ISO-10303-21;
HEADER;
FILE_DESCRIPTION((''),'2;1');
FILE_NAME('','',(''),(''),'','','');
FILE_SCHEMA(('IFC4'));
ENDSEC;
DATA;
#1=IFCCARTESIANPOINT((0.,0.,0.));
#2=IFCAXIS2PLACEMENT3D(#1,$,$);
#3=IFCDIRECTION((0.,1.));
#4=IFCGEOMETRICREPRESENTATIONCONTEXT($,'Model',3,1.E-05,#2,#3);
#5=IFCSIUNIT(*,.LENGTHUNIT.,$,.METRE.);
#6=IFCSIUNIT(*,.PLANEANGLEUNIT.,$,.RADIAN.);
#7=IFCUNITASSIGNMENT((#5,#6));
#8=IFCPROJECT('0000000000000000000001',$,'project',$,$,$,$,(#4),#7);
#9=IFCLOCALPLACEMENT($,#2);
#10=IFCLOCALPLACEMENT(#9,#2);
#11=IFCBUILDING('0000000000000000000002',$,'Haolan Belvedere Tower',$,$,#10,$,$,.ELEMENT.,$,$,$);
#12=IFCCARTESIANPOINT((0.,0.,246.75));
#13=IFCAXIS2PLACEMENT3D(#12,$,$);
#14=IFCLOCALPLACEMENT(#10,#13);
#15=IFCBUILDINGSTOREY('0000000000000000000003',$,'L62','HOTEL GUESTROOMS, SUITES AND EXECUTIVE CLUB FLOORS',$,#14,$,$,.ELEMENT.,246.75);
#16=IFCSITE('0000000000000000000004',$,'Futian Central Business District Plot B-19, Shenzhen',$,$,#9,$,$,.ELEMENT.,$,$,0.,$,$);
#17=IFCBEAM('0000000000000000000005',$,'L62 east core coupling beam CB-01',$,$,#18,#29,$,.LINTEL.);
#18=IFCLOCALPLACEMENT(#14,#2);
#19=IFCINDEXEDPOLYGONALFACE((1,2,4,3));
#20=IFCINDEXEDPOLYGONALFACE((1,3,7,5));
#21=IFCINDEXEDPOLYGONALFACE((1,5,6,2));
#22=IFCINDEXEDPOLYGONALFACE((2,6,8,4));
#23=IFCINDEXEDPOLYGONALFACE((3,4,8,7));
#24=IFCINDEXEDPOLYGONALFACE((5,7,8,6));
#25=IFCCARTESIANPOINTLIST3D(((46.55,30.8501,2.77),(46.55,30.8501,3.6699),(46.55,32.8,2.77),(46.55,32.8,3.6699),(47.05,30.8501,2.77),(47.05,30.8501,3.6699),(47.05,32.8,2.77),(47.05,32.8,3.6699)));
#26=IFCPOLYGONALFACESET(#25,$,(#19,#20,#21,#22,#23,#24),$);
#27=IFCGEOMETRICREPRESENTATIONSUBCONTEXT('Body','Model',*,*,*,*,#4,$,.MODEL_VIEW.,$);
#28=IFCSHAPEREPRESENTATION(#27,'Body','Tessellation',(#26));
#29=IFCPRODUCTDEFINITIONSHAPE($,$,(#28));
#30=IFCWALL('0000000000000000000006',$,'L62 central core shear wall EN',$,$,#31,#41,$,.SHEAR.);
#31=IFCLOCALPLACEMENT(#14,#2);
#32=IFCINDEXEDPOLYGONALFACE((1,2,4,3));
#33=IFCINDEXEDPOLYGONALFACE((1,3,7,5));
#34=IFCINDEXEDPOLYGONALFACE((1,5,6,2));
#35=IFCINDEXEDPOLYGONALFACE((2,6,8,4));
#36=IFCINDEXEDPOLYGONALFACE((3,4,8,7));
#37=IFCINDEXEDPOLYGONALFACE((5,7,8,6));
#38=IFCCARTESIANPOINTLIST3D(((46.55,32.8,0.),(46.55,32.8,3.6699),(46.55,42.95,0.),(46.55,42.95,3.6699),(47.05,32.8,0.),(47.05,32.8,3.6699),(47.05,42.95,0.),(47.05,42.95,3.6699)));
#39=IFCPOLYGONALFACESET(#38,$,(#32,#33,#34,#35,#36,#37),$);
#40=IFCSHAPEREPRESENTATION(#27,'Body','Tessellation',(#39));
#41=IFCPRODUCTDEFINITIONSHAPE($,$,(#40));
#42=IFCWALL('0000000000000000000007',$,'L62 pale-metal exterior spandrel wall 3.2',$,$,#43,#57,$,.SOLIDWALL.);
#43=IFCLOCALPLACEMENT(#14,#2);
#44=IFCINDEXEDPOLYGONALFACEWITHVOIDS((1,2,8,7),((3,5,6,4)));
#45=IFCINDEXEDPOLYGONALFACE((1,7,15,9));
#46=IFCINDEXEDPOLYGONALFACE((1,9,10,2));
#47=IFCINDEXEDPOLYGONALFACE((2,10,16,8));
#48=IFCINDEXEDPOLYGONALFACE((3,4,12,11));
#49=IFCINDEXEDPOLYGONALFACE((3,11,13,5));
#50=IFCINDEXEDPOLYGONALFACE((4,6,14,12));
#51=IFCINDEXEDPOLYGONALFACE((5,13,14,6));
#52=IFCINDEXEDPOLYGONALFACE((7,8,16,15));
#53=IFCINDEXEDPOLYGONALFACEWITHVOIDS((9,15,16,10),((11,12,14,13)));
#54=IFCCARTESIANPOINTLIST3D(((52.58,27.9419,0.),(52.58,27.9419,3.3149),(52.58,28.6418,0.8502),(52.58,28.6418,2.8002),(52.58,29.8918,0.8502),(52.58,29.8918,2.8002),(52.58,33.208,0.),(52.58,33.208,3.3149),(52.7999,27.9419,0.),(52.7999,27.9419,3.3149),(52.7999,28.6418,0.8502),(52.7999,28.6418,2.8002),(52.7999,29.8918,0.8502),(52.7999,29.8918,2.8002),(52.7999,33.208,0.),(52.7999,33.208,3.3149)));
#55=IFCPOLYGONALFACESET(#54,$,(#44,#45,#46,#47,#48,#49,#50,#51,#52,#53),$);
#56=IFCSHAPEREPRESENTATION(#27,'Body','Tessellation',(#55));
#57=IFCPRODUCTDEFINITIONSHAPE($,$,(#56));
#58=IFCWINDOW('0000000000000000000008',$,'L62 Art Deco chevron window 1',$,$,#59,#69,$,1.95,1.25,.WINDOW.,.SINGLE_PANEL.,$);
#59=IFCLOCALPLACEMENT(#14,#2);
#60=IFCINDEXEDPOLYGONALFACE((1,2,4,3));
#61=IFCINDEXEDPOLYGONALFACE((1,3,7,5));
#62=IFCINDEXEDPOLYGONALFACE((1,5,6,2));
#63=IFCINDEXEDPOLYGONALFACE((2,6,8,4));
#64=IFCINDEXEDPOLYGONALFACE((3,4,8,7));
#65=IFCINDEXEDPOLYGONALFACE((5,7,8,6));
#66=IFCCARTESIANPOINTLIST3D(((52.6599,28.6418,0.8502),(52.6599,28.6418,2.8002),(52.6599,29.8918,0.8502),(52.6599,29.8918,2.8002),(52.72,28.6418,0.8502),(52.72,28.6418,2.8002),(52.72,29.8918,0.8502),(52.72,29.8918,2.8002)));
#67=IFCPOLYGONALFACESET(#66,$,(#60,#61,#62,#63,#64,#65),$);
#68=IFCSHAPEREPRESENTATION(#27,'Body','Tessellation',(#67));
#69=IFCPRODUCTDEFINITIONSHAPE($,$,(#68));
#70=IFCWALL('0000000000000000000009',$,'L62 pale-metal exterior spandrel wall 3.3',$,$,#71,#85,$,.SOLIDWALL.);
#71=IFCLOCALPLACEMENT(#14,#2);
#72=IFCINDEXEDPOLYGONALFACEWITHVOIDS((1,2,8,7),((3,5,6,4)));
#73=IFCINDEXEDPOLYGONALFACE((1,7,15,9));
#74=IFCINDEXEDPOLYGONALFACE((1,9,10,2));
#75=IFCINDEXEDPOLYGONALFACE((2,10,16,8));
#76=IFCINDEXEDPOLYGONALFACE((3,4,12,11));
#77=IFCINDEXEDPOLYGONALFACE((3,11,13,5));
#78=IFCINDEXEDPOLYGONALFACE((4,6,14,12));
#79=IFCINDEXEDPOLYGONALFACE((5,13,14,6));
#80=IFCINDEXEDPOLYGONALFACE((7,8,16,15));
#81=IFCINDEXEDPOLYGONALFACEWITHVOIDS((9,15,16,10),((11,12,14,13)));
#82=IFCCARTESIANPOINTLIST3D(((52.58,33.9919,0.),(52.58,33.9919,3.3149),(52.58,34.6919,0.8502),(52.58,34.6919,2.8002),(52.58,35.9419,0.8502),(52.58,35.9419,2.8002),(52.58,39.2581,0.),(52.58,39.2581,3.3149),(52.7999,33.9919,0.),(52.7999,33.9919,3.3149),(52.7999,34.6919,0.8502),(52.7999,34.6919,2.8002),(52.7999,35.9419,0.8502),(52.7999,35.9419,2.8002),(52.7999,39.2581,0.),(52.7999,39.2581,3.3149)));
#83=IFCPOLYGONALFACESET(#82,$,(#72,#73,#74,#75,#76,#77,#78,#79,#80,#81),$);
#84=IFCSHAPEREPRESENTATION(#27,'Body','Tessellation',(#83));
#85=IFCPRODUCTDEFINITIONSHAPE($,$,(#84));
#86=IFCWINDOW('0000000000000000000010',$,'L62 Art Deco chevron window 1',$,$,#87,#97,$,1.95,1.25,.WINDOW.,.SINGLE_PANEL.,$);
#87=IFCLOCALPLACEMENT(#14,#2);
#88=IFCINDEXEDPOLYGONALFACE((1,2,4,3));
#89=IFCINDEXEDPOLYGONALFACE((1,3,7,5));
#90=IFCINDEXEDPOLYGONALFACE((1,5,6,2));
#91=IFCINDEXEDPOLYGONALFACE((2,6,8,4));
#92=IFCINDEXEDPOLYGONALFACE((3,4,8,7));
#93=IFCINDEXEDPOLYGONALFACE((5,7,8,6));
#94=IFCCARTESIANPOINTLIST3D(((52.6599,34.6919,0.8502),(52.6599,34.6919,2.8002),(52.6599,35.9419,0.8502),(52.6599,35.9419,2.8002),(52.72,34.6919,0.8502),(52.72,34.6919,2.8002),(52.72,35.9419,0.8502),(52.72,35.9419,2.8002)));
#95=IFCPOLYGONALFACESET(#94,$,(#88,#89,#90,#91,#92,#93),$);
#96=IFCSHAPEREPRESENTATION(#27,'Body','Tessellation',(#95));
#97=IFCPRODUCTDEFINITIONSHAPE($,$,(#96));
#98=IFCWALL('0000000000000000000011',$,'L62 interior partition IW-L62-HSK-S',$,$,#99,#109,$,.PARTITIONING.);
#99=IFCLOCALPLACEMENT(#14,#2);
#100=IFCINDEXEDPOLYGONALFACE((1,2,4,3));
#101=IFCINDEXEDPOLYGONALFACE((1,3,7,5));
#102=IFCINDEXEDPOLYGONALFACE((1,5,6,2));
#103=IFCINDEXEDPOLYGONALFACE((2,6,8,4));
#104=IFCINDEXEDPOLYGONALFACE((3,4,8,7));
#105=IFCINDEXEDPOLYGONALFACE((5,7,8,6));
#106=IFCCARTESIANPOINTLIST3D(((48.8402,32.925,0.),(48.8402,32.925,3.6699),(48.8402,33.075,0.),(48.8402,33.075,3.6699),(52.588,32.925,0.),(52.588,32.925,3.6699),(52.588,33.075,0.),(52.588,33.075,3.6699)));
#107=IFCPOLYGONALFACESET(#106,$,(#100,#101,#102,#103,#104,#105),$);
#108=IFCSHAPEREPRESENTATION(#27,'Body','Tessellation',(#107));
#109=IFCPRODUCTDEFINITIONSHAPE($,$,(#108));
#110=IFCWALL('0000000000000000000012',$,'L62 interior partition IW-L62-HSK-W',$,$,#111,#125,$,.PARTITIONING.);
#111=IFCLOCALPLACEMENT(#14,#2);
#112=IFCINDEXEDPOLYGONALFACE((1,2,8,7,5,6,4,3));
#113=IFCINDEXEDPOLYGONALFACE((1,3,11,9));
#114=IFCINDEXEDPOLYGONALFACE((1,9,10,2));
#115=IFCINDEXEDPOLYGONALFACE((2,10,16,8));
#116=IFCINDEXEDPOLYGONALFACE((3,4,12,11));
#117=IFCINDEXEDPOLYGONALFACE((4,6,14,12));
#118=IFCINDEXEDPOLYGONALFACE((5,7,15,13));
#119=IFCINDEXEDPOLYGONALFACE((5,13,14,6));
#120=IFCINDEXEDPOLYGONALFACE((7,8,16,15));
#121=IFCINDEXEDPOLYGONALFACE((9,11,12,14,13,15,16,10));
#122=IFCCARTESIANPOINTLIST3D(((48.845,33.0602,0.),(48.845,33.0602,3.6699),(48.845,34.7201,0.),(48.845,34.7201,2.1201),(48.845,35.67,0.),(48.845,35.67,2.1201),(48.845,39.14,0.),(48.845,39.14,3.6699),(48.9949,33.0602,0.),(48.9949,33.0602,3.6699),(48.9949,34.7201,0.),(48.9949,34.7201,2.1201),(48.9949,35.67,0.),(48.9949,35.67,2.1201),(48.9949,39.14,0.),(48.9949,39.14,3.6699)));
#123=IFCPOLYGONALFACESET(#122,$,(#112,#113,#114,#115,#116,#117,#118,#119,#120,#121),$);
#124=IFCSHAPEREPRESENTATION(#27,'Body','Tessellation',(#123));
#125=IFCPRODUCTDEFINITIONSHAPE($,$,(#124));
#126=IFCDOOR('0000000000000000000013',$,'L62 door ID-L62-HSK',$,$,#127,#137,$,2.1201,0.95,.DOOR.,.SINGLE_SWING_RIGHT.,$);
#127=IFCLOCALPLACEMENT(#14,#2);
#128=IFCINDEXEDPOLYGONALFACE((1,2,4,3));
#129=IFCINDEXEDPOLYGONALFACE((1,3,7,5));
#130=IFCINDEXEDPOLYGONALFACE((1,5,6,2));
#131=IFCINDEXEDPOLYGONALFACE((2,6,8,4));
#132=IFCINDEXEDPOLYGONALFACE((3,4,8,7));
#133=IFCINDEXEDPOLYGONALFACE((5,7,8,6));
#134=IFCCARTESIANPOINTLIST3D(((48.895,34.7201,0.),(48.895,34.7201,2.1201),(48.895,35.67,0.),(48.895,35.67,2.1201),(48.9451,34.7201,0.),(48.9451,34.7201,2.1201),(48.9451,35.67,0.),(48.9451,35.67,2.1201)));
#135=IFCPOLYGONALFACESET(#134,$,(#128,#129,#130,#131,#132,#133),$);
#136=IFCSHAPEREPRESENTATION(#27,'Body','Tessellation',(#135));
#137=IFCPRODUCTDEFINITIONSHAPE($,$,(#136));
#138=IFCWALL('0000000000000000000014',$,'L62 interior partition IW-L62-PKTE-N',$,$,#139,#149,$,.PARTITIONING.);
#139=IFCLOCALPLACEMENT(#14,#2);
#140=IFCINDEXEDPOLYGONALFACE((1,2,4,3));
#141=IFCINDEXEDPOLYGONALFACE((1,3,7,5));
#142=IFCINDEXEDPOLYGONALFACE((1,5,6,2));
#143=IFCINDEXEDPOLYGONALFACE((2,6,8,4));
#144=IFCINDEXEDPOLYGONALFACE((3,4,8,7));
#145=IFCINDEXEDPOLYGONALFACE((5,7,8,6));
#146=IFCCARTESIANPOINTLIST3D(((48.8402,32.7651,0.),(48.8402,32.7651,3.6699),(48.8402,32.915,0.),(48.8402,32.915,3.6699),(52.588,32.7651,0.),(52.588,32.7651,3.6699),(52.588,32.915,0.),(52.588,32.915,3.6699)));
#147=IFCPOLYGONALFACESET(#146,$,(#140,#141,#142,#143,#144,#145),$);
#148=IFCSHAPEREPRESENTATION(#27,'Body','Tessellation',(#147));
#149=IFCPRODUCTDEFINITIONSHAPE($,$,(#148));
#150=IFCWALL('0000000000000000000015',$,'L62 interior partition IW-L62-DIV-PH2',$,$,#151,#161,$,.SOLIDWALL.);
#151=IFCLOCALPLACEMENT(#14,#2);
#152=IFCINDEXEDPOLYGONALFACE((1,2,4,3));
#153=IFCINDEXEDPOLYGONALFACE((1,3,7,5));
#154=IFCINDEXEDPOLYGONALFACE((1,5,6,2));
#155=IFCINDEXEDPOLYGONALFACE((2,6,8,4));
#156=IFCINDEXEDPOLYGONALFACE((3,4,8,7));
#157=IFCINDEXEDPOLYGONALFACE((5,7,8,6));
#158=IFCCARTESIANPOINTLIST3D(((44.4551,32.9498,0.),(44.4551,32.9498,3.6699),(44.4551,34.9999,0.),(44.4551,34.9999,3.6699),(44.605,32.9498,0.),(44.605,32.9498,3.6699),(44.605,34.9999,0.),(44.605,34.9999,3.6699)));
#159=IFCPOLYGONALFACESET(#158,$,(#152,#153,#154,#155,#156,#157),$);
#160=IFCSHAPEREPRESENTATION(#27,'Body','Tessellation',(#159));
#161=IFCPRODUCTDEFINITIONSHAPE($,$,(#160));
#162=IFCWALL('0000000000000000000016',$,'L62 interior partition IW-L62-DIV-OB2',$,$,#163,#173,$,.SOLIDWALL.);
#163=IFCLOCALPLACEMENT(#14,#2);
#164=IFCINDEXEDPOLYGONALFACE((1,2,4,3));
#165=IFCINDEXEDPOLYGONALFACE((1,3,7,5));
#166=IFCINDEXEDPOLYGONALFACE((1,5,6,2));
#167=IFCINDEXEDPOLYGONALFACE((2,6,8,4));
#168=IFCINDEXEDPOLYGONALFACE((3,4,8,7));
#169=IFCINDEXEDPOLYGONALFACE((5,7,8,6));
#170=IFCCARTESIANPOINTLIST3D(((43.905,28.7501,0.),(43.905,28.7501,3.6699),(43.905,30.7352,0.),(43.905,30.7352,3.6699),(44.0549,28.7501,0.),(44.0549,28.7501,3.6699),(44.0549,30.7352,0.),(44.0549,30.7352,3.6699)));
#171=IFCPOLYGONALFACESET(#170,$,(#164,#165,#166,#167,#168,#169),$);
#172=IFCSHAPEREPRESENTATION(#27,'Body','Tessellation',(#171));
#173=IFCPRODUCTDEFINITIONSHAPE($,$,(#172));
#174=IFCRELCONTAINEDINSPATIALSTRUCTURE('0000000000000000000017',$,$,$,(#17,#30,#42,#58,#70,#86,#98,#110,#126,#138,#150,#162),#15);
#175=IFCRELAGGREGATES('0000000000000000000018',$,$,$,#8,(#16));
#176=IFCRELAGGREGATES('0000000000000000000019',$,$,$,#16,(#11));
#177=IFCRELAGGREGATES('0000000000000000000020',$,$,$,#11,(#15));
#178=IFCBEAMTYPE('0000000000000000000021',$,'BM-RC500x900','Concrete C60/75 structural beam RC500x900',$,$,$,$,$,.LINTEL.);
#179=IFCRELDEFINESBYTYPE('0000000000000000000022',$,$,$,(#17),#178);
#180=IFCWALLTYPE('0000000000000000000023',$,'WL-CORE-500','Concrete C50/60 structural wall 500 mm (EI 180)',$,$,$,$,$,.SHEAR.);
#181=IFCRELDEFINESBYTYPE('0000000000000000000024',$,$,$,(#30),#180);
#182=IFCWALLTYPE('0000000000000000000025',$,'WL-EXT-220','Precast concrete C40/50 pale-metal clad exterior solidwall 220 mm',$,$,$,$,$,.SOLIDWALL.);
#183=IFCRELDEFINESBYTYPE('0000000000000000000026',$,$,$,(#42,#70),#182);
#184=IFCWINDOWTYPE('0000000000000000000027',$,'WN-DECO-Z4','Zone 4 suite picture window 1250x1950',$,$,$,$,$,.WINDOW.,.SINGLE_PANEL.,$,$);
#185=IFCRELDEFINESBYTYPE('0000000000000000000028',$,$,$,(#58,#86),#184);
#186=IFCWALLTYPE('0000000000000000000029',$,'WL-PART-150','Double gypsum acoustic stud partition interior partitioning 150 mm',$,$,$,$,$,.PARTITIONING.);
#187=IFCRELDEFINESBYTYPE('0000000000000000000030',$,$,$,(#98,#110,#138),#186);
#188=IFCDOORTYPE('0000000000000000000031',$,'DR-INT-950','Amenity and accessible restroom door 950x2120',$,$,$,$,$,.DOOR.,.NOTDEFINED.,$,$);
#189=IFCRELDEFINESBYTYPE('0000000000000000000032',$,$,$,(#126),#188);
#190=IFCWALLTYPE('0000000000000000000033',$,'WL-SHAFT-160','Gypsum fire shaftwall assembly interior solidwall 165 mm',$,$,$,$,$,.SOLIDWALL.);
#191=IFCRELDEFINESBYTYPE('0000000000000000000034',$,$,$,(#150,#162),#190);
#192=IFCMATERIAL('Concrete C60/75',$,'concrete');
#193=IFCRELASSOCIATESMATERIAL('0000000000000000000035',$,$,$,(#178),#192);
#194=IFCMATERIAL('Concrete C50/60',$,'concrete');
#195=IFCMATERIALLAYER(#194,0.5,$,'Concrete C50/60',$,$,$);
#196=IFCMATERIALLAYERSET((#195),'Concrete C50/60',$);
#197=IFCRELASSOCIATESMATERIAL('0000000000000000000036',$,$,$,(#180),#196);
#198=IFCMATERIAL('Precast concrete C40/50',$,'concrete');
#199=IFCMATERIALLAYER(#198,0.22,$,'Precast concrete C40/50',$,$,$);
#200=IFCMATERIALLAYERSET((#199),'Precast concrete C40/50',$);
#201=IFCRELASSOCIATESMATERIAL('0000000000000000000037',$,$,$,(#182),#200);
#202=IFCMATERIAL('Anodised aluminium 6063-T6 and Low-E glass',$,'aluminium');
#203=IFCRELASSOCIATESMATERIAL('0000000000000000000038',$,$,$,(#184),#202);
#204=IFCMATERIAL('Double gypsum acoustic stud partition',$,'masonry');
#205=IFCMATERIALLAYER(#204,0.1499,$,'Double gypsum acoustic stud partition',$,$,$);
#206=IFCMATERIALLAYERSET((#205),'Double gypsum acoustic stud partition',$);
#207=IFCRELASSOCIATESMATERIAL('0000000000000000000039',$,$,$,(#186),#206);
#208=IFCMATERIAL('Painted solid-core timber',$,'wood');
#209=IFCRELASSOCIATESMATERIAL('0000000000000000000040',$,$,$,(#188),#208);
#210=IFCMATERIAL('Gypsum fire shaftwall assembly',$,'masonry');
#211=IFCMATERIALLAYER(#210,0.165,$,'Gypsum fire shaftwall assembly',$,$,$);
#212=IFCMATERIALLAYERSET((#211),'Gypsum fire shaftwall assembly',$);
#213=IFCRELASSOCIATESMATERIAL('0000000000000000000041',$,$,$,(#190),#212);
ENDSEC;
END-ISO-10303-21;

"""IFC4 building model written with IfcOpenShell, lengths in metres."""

from ifc_helpers import new_model, si_unit, direction, frame, frame_2d, origin, origin_2d, place, context, subcontext, project, spatial, rectangle, extrude, material, layer, layer_set, material_profile, profile_set, type_object, element, fill, save


model = new_model("IFC4")

# Units and contexts
model_context = context("Model", 3, precision=1e-05, world=origin(), true_north=direction((0.0, 1.0)))
body_context = subcontext(model_context, "Body", "Model", "MODEL_VIEW")
ifc_project = project(units=[si_unit("LENGTHUNIT", "METRE"), si_unit("PLANEANGLEUNIT", "RADIAN")], contexts=[model_context])

# Site, building, storey
site_placement = place(None, origin())
site = spatial("IfcSite", under=ifc_project, at=site_placement, Name="Futian Central Business District Plot B-19, Shenzhen", CompositionType="ELEMENT", RefElevation=0.0)
building_placement = place(site_placement, origin())
building = spatial("IfcBuilding", under=site, at=building_placement, Name="Haolan Belvedere Tower", CompositionType="ELEMENT")
storey_placement = place(building_placement, frame((0.0, 0.0, 246.75)))
storey = spatial("IfcBuildingStorey", under=building, at=storey_placement, Name="L62", Description="HOTEL GUESTROOMS, SUITES AND EXECUTIVE CLUB FLOORS", CompositionType="ELEMENT", Elevation=246.75)

# Beam
ifc_material_1 = material(Name="Concrete C60/75", Category="concrete")
ifc_material_profile_1 = material_profile(ifc_material_1, rectangle(XDim=0.5, YDim=0.8999, at=origin_2d()), Name="Concrete C60/75")
ifc_profile_set_1 = profile_set([ifc_material_profile_1], Name="Concrete C60/75")
beam_type_1 = type_object("IfcBeamType", Name="BM-RC500x900", Description="Concrete C60/75 structural beam RC500x900", PredefinedType="LINTEL", material=ifc_profile_set_1)
beam_1_placement = place(storey_placement, frame((46.8, 30.8501, 3.22), z_axis=(0.0, 1.0, 0.0), x_axis=(-1.0, 0.0, 0.0)))
element("IfcBeam", 1, at=beam_1_placement, inside=storey, type_object=beam_type_1, Name="L62 east core coupling beam CB-01", PredefinedType="LINTEL", context=body_context, shape_type="SweptSolid", body=[
    extrude(rectangle(XDim=0.5, YDim=0.8999, at=origin_2d()), origin(), (0.0, 0.0, 1.0), 1.95),
])

# Wall
ifc_material_2 = material(Name="Concrete C50/60", Category="concrete")
ifc_layer_1 = layer(ifc_material_2, 0.5, Name="Concrete C50/60")
ifc_layer_set_1 = layer_set([ifc_layer_1], Name="Concrete C50/60")
wall_type_1 = type_object("IfcWallType", Name="WL-CORE-500", Description="Concrete C50/60 structural wall 500 mm (EI 180)", PredefinedType="SHEAR", material=ifc_layer_set_1)
wall_1_placement = place(storey_placement, frame((46.8, 32.8, 0.0), z_axis=(0.0, 0.0, 1.0), x_axis=(0.0, 1.0, 0.0)))
element("IfcWall", 2, at=wall_1_placement, inside=storey, type_object=wall_type_1, Name="L62 central core shear wall EN", PredefinedType="SHEAR", context=body_context, shape_type="SweptSolid", body=[
    extrude(rectangle(XDim=10.1499, YDim=0.5, at=frame_2d((5.075, 0.0))), origin(), (0.0, 0.0, 1.0), 3.6699),
])

# Walls, openings, windows
ifc_material_3 = material(Name="Precast concrete C40/50", Category="concrete")
ifc_layer_2 = layer(ifc_material_3, 0.22, Name="Precast concrete C40/50")
ifc_layer_set_2 = layer_set([ifc_layer_2], Name="Precast concrete C40/50")
wall_type_2 = type_object("IfcWallType", Name="WL-EXT-220", Description="Precast concrete C40/50 pale-metal clad exterior solidwall 220 mm", PredefinedType="SOLIDWALL", material=ifc_layer_set_2)
wall_2_placement = place(storey_placement, frame((52.6899, 27.9419, 0.0), z_axis=(0.0, 0.0, 1.0), x_axis=(0.0, 1.0, 0.0)))
wall_2 = element("IfcWall", 3, at=wall_2_placement, inside=storey, type_object=wall_type_2, Name="L62 pale-metal exterior spandrel wall 3.2", PredefinedType="SOLIDWALL", context=body_context, shape_type="SweptSolid", body=[
    extrude(rectangle(XDim=5.2661, YDim=0.22, at=frame_2d((2.6331, 0.0))), origin(), (0.0, 0.0, 1.0), 3.3149),
])
opening_1_placement = place(wall_2_placement, frame((0.7, 0.0, 0.8501)))
opening_1 = element("IfcOpeningElement", 4, at=opening_1_placement, cuts=wall_2, PredefinedType="OPENING", context=body_context, shape_type="SweptSolid", body=[
    extrude(rectangle(XDim=1.25, YDim=1.95, at=frame_2d((0.625, 0.9751))), frame((0.0, 0.1199, 0.0), z_axis=(0.0, -1.0, 0.0), x_axis=(1.0, 0.0, 0.0)), (0.0, 0.0, 1.0), 0.24),
])
ifc_material_4 = material(Name="Anodised aluminium 6063-T6 and Low-E glass", Category="aluminium")
window_type = type_object("IfcWindowType", Name="WN-DECO-Z4", Description="Zone 4 suite picture window 1250x1950", PartitioningType="SINGLE_PANEL", PredefinedType="WINDOW", material=ifc_material_4)
window_1_placement = place(opening_1_placement, origin())
window_1 = element("IfcWindow", 5, at=window_1_placement, inside=storey, type_object=window_type, Name="L62 Art Deco chevron window 1", OverallHeight=1.95, OverallWidth=1.25, PartitioningType="SINGLE_PANEL", PredefinedType="WINDOW", context=body_context, shape_type="SweptSolid", body=[
    extrude(rectangle(XDim=1.25, YDim=1.95, at=frame_2d((0.625, 0.9751))), frame((0.0, 0.03, 0.0), z_axis=(0.0, -1.0, 0.0), x_axis=(1.0, 0.0, 0.0)), (0.0, 0.0, 1.0), 0.0601),
])
fill(opening_1, window_1)
wall_3_placement = place(storey_placement, frame((52.6899, 33.9919, 0.0), z_axis=(0.0, 0.0, 1.0), x_axis=(0.0, 1.0, 0.0)))
wall_3 = element("IfcWall", 6, at=wall_3_placement, inside=storey, type_object=wall_type_2, Name="L62 pale-metal exterior spandrel wall 3.3", PredefinedType="SOLIDWALL", context=body_context, shape_type="SweptSolid", body=[
    extrude(rectangle(XDim=5.2661, YDim=0.22, at=frame_2d((2.6331, 0.0))), origin(), (0.0, 0.0, 1.0), 3.3149),
])
opening_2_placement = place(wall_3_placement, frame((0.7, 0.0, 0.8501)))
opening_2 = element("IfcOpeningElement", 7, at=opening_2_placement, cuts=wall_3, PredefinedType="OPENING", context=body_context, shape_type="SweptSolid", body=[
    extrude(rectangle(XDim=1.25, YDim=1.95, at=frame_2d((0.625, 0.9751))), frame((0.0, 0.1199, 0.0), z_axis=(0.0, -1.0, 0.0), x_axis=(1.0, 0.0, 0.0)), (0.0, 0.0, 1.0), 0.24),
])
window_2_placement = place(opening_2_placement, origin())
window_2 = element("IfcWindow", 8, at=window_2_placement, inside=storey, type_object=window_type, Name="L62 Art Deco chevron window 1", OverallHeight=1.95, OverallWidth=1.25, PartitioningType="SINGLE_PANEL", PredefinedType="WINDOW", context=body_context, shape_type="SweptSolid", body=[
    extrude(rectangle(XDim=1.25, YDim=1.95, at=frame_2d((0.625, 0.9751))), frame((0.0, 0.03, 0.0), z_axis=(0.0, -1.0, 0.0), x_axis=(1.0, 0.0, 0.0)), (0.0, 0.0, 1.0), 0.0601),
])
fill(opening_2, window_2)

# Wall
ifc_material_5 = material(Name="Double gypsum acoustic stud partition", Category="masonry")
ifc_layer_3 = layer(ifc_material_5, 0.1499, Name="Double gypsum acoustic stud partition")
ifc_layer_set_3 = layer_set([ifc_layer_3], Name="Double gypsum acoustic stud partition")
wall_type_3 = type_object("IfcWallType", Name="WL-PART-150", Description="Double gypsum acoustic stud partition interior partitioning 150 mm", PredefinedType="PARTITIONING", material=ifc_layer_set_3)
wall_4_placement = place(storey_placement, frame((48.8401, 33.0, 0.0), z_axis=(0.0, 0.0, 1.0), x_axis=(1.0, 0.0, 0.0)))
element("IfcWall", 9, at=wall_4_placement, inside=storey, type_object=wall_type_3, Name="L62 interior partition IW-L62-HSK-S", PredefinedType="PARTITIONING", context=body_context, shape_type="SweptSolid", body=[
    extrude(rectangle(XDim=3.7478, YDim=0.1499, at=frame_2d((1.874, 0.0))), origin(), (0.0, 0.0, 1.0), 3.6699),
])

# Wall, opening, door
wall_5_placement = place(storey_placement, frame((48.9199, 33.0601, 0.0), z_axis=(0.0, 0.0, 1.0), x_axis=(0.0, 1.0, 0.0)))
wall_5 = element("IfcWall", 10, at=wall_5_placement, inside=storey, type_object=wall_type_3, Name="L62 interior partition IW-L62-HSK-W", PredefinedType="PARTITIONING", context=body_context, shape_type="SweptSolid", body=[
    extrude(rectangle(XDim=6.0798, YDim=0.1499, at=frame_2d((3.04, 0.0))), origin(), (0.0, 0.0, 1.0), 3.6699),
])
opening_3_placement = place(wall_5_placement, frame((1.6599, 0.0, 0.0)))
opening_3 = element("IfcOpeningElement", 11, at=opening_3_placement, cuts=wall_5, PredefinedType="OPENING", context=body_context, shape_type="SweptSolid", body=[
    extrude(rectangle(XDim=0.95, YDim=2.1201, at=frame_2d((0.4751, 1.0601))), frame((0.0, 0.085, 0.0), z_axis=(0.0, -1.0, 0.0), x_axis=(1.0, 0.0, 0.0)), (0.0, 0.0, 1.0), 0.1699),
])
ifc_material_6 = material(Name="Painted solid-core timber", Category="wood")
door_type = type_object("IfcDoorType", Name="DR-INT-950", Description="Amenity and accessible restroom door 950x2120", OperationType="NOTDEFINED", PredefinedType="DOOR", material=ifc_material_6)
door_placement = place(opening_3_placement, origin())
door = element("IfcDoor", 12, at=door_placement, inside=storey, type_object=door_type, Name="L62 door ID-L62-HSK", OperationType="SINGLE_SWING_RIGHT", OverallHeight=2.1201, OverallWidth=0.95, PredefinedType="DOOR", context=body_context, shape_type="SweptSolid", body=[
    extrude(rectangle(XDim=0.95, YDim=2.1201, at=frame_2d((0.4751, 1.0601))), frame((0.0, 0.0249, 0.0), z_axis=(0.0, -1.0, 0.0), x_axis=(1.0, 0.0, 0.0)), (0.0, 0.0, 1.0), 0.05),
])
fill(opening_3, door)

# Walls
wall_6_placement = place(storey_placement, frame((48.8401, 32.8401, 0.0), z_axis=(0.0, 0.0, 1.0), x_axis=(1.0, 0.0, 0.0)))
element("IfcWall", 13, at=wall_6_placement, inside=storey, type_object=wall_type_3, Name="L62 interior partition IW-L62-PKTE-N", PredefinedType="PARTITIONING", context=body_context, shape_type="SweptSolid", body=[
    extrude(rectangle(XDim=3.7478, YDim=0.1499, at=frame_2d((1.874, 0.0))), origin(), (0.0, 0.0, 1.0), 3.6699),
])
ifc_material_7 = material(Name="Gypsum fire shaftwall assembly", Category="masonry")
ifc_layer_4 = layer(ifc_material_7, 0.165, Name="Gypsum fire shaftwall assembly")
ifc_layer_set_4 = layer_set([ifc_layer_4], Name="Gypsum fire shaftwall assembly")
wall_type_4 = type_object("IfcWallType", Name="WL-SHAFT-160", Description="Gypsum fire shaftwall assembly interior solidwall 165 mm", PredefinedType="SOLIDWALL", material=ifc_layer_set_4)
wall_7_placement = place(storey_placement, frame((44.53, 32.95, 0.0), z_axis=(0.0, 0.0, 1.0), x_axis=(0.0, 1.0, 0.0)))
element("IfcWall", 14, at=wall_7_placement, inside=storey, type_object=wall_type_4, Name="L62 interior partition IW-L62-DIV-PH2", PredefinedType="SOLIDWALL", context=body_context, shape_type="SweptSolid", body=[
    extrude(rectangle(XDim=2.05, YDim=0.1499, at=frame_2d((1.0249, 0.0))), origin(), (0.0, 0.0, 1.0), 3.6699),
])
wall_8_placement = place(storey_placement, frame((43.98, 28.75, 0.0), z_axis=(0.0, 0.0, 1.0), x_axis=(0.0, 1.0, 0.0)))
element("IfcWall", 15, at=wall_8_placement, inside=storey, type_object=wall_type_4, Name="L62 interior partition IW-L62-DIV-OB2", PredefinedType="SOLIDWALL", context=body_context, shape_type="SweptSolid", body=[
    extrude(rectangle(XDim=1.9851, YDim=0.1499, at=frame_2d((0.9927, 0.0))), origin(), (0.0, 0.0, 1.0), 3.6699),
])

save(model, "model.ifc")
